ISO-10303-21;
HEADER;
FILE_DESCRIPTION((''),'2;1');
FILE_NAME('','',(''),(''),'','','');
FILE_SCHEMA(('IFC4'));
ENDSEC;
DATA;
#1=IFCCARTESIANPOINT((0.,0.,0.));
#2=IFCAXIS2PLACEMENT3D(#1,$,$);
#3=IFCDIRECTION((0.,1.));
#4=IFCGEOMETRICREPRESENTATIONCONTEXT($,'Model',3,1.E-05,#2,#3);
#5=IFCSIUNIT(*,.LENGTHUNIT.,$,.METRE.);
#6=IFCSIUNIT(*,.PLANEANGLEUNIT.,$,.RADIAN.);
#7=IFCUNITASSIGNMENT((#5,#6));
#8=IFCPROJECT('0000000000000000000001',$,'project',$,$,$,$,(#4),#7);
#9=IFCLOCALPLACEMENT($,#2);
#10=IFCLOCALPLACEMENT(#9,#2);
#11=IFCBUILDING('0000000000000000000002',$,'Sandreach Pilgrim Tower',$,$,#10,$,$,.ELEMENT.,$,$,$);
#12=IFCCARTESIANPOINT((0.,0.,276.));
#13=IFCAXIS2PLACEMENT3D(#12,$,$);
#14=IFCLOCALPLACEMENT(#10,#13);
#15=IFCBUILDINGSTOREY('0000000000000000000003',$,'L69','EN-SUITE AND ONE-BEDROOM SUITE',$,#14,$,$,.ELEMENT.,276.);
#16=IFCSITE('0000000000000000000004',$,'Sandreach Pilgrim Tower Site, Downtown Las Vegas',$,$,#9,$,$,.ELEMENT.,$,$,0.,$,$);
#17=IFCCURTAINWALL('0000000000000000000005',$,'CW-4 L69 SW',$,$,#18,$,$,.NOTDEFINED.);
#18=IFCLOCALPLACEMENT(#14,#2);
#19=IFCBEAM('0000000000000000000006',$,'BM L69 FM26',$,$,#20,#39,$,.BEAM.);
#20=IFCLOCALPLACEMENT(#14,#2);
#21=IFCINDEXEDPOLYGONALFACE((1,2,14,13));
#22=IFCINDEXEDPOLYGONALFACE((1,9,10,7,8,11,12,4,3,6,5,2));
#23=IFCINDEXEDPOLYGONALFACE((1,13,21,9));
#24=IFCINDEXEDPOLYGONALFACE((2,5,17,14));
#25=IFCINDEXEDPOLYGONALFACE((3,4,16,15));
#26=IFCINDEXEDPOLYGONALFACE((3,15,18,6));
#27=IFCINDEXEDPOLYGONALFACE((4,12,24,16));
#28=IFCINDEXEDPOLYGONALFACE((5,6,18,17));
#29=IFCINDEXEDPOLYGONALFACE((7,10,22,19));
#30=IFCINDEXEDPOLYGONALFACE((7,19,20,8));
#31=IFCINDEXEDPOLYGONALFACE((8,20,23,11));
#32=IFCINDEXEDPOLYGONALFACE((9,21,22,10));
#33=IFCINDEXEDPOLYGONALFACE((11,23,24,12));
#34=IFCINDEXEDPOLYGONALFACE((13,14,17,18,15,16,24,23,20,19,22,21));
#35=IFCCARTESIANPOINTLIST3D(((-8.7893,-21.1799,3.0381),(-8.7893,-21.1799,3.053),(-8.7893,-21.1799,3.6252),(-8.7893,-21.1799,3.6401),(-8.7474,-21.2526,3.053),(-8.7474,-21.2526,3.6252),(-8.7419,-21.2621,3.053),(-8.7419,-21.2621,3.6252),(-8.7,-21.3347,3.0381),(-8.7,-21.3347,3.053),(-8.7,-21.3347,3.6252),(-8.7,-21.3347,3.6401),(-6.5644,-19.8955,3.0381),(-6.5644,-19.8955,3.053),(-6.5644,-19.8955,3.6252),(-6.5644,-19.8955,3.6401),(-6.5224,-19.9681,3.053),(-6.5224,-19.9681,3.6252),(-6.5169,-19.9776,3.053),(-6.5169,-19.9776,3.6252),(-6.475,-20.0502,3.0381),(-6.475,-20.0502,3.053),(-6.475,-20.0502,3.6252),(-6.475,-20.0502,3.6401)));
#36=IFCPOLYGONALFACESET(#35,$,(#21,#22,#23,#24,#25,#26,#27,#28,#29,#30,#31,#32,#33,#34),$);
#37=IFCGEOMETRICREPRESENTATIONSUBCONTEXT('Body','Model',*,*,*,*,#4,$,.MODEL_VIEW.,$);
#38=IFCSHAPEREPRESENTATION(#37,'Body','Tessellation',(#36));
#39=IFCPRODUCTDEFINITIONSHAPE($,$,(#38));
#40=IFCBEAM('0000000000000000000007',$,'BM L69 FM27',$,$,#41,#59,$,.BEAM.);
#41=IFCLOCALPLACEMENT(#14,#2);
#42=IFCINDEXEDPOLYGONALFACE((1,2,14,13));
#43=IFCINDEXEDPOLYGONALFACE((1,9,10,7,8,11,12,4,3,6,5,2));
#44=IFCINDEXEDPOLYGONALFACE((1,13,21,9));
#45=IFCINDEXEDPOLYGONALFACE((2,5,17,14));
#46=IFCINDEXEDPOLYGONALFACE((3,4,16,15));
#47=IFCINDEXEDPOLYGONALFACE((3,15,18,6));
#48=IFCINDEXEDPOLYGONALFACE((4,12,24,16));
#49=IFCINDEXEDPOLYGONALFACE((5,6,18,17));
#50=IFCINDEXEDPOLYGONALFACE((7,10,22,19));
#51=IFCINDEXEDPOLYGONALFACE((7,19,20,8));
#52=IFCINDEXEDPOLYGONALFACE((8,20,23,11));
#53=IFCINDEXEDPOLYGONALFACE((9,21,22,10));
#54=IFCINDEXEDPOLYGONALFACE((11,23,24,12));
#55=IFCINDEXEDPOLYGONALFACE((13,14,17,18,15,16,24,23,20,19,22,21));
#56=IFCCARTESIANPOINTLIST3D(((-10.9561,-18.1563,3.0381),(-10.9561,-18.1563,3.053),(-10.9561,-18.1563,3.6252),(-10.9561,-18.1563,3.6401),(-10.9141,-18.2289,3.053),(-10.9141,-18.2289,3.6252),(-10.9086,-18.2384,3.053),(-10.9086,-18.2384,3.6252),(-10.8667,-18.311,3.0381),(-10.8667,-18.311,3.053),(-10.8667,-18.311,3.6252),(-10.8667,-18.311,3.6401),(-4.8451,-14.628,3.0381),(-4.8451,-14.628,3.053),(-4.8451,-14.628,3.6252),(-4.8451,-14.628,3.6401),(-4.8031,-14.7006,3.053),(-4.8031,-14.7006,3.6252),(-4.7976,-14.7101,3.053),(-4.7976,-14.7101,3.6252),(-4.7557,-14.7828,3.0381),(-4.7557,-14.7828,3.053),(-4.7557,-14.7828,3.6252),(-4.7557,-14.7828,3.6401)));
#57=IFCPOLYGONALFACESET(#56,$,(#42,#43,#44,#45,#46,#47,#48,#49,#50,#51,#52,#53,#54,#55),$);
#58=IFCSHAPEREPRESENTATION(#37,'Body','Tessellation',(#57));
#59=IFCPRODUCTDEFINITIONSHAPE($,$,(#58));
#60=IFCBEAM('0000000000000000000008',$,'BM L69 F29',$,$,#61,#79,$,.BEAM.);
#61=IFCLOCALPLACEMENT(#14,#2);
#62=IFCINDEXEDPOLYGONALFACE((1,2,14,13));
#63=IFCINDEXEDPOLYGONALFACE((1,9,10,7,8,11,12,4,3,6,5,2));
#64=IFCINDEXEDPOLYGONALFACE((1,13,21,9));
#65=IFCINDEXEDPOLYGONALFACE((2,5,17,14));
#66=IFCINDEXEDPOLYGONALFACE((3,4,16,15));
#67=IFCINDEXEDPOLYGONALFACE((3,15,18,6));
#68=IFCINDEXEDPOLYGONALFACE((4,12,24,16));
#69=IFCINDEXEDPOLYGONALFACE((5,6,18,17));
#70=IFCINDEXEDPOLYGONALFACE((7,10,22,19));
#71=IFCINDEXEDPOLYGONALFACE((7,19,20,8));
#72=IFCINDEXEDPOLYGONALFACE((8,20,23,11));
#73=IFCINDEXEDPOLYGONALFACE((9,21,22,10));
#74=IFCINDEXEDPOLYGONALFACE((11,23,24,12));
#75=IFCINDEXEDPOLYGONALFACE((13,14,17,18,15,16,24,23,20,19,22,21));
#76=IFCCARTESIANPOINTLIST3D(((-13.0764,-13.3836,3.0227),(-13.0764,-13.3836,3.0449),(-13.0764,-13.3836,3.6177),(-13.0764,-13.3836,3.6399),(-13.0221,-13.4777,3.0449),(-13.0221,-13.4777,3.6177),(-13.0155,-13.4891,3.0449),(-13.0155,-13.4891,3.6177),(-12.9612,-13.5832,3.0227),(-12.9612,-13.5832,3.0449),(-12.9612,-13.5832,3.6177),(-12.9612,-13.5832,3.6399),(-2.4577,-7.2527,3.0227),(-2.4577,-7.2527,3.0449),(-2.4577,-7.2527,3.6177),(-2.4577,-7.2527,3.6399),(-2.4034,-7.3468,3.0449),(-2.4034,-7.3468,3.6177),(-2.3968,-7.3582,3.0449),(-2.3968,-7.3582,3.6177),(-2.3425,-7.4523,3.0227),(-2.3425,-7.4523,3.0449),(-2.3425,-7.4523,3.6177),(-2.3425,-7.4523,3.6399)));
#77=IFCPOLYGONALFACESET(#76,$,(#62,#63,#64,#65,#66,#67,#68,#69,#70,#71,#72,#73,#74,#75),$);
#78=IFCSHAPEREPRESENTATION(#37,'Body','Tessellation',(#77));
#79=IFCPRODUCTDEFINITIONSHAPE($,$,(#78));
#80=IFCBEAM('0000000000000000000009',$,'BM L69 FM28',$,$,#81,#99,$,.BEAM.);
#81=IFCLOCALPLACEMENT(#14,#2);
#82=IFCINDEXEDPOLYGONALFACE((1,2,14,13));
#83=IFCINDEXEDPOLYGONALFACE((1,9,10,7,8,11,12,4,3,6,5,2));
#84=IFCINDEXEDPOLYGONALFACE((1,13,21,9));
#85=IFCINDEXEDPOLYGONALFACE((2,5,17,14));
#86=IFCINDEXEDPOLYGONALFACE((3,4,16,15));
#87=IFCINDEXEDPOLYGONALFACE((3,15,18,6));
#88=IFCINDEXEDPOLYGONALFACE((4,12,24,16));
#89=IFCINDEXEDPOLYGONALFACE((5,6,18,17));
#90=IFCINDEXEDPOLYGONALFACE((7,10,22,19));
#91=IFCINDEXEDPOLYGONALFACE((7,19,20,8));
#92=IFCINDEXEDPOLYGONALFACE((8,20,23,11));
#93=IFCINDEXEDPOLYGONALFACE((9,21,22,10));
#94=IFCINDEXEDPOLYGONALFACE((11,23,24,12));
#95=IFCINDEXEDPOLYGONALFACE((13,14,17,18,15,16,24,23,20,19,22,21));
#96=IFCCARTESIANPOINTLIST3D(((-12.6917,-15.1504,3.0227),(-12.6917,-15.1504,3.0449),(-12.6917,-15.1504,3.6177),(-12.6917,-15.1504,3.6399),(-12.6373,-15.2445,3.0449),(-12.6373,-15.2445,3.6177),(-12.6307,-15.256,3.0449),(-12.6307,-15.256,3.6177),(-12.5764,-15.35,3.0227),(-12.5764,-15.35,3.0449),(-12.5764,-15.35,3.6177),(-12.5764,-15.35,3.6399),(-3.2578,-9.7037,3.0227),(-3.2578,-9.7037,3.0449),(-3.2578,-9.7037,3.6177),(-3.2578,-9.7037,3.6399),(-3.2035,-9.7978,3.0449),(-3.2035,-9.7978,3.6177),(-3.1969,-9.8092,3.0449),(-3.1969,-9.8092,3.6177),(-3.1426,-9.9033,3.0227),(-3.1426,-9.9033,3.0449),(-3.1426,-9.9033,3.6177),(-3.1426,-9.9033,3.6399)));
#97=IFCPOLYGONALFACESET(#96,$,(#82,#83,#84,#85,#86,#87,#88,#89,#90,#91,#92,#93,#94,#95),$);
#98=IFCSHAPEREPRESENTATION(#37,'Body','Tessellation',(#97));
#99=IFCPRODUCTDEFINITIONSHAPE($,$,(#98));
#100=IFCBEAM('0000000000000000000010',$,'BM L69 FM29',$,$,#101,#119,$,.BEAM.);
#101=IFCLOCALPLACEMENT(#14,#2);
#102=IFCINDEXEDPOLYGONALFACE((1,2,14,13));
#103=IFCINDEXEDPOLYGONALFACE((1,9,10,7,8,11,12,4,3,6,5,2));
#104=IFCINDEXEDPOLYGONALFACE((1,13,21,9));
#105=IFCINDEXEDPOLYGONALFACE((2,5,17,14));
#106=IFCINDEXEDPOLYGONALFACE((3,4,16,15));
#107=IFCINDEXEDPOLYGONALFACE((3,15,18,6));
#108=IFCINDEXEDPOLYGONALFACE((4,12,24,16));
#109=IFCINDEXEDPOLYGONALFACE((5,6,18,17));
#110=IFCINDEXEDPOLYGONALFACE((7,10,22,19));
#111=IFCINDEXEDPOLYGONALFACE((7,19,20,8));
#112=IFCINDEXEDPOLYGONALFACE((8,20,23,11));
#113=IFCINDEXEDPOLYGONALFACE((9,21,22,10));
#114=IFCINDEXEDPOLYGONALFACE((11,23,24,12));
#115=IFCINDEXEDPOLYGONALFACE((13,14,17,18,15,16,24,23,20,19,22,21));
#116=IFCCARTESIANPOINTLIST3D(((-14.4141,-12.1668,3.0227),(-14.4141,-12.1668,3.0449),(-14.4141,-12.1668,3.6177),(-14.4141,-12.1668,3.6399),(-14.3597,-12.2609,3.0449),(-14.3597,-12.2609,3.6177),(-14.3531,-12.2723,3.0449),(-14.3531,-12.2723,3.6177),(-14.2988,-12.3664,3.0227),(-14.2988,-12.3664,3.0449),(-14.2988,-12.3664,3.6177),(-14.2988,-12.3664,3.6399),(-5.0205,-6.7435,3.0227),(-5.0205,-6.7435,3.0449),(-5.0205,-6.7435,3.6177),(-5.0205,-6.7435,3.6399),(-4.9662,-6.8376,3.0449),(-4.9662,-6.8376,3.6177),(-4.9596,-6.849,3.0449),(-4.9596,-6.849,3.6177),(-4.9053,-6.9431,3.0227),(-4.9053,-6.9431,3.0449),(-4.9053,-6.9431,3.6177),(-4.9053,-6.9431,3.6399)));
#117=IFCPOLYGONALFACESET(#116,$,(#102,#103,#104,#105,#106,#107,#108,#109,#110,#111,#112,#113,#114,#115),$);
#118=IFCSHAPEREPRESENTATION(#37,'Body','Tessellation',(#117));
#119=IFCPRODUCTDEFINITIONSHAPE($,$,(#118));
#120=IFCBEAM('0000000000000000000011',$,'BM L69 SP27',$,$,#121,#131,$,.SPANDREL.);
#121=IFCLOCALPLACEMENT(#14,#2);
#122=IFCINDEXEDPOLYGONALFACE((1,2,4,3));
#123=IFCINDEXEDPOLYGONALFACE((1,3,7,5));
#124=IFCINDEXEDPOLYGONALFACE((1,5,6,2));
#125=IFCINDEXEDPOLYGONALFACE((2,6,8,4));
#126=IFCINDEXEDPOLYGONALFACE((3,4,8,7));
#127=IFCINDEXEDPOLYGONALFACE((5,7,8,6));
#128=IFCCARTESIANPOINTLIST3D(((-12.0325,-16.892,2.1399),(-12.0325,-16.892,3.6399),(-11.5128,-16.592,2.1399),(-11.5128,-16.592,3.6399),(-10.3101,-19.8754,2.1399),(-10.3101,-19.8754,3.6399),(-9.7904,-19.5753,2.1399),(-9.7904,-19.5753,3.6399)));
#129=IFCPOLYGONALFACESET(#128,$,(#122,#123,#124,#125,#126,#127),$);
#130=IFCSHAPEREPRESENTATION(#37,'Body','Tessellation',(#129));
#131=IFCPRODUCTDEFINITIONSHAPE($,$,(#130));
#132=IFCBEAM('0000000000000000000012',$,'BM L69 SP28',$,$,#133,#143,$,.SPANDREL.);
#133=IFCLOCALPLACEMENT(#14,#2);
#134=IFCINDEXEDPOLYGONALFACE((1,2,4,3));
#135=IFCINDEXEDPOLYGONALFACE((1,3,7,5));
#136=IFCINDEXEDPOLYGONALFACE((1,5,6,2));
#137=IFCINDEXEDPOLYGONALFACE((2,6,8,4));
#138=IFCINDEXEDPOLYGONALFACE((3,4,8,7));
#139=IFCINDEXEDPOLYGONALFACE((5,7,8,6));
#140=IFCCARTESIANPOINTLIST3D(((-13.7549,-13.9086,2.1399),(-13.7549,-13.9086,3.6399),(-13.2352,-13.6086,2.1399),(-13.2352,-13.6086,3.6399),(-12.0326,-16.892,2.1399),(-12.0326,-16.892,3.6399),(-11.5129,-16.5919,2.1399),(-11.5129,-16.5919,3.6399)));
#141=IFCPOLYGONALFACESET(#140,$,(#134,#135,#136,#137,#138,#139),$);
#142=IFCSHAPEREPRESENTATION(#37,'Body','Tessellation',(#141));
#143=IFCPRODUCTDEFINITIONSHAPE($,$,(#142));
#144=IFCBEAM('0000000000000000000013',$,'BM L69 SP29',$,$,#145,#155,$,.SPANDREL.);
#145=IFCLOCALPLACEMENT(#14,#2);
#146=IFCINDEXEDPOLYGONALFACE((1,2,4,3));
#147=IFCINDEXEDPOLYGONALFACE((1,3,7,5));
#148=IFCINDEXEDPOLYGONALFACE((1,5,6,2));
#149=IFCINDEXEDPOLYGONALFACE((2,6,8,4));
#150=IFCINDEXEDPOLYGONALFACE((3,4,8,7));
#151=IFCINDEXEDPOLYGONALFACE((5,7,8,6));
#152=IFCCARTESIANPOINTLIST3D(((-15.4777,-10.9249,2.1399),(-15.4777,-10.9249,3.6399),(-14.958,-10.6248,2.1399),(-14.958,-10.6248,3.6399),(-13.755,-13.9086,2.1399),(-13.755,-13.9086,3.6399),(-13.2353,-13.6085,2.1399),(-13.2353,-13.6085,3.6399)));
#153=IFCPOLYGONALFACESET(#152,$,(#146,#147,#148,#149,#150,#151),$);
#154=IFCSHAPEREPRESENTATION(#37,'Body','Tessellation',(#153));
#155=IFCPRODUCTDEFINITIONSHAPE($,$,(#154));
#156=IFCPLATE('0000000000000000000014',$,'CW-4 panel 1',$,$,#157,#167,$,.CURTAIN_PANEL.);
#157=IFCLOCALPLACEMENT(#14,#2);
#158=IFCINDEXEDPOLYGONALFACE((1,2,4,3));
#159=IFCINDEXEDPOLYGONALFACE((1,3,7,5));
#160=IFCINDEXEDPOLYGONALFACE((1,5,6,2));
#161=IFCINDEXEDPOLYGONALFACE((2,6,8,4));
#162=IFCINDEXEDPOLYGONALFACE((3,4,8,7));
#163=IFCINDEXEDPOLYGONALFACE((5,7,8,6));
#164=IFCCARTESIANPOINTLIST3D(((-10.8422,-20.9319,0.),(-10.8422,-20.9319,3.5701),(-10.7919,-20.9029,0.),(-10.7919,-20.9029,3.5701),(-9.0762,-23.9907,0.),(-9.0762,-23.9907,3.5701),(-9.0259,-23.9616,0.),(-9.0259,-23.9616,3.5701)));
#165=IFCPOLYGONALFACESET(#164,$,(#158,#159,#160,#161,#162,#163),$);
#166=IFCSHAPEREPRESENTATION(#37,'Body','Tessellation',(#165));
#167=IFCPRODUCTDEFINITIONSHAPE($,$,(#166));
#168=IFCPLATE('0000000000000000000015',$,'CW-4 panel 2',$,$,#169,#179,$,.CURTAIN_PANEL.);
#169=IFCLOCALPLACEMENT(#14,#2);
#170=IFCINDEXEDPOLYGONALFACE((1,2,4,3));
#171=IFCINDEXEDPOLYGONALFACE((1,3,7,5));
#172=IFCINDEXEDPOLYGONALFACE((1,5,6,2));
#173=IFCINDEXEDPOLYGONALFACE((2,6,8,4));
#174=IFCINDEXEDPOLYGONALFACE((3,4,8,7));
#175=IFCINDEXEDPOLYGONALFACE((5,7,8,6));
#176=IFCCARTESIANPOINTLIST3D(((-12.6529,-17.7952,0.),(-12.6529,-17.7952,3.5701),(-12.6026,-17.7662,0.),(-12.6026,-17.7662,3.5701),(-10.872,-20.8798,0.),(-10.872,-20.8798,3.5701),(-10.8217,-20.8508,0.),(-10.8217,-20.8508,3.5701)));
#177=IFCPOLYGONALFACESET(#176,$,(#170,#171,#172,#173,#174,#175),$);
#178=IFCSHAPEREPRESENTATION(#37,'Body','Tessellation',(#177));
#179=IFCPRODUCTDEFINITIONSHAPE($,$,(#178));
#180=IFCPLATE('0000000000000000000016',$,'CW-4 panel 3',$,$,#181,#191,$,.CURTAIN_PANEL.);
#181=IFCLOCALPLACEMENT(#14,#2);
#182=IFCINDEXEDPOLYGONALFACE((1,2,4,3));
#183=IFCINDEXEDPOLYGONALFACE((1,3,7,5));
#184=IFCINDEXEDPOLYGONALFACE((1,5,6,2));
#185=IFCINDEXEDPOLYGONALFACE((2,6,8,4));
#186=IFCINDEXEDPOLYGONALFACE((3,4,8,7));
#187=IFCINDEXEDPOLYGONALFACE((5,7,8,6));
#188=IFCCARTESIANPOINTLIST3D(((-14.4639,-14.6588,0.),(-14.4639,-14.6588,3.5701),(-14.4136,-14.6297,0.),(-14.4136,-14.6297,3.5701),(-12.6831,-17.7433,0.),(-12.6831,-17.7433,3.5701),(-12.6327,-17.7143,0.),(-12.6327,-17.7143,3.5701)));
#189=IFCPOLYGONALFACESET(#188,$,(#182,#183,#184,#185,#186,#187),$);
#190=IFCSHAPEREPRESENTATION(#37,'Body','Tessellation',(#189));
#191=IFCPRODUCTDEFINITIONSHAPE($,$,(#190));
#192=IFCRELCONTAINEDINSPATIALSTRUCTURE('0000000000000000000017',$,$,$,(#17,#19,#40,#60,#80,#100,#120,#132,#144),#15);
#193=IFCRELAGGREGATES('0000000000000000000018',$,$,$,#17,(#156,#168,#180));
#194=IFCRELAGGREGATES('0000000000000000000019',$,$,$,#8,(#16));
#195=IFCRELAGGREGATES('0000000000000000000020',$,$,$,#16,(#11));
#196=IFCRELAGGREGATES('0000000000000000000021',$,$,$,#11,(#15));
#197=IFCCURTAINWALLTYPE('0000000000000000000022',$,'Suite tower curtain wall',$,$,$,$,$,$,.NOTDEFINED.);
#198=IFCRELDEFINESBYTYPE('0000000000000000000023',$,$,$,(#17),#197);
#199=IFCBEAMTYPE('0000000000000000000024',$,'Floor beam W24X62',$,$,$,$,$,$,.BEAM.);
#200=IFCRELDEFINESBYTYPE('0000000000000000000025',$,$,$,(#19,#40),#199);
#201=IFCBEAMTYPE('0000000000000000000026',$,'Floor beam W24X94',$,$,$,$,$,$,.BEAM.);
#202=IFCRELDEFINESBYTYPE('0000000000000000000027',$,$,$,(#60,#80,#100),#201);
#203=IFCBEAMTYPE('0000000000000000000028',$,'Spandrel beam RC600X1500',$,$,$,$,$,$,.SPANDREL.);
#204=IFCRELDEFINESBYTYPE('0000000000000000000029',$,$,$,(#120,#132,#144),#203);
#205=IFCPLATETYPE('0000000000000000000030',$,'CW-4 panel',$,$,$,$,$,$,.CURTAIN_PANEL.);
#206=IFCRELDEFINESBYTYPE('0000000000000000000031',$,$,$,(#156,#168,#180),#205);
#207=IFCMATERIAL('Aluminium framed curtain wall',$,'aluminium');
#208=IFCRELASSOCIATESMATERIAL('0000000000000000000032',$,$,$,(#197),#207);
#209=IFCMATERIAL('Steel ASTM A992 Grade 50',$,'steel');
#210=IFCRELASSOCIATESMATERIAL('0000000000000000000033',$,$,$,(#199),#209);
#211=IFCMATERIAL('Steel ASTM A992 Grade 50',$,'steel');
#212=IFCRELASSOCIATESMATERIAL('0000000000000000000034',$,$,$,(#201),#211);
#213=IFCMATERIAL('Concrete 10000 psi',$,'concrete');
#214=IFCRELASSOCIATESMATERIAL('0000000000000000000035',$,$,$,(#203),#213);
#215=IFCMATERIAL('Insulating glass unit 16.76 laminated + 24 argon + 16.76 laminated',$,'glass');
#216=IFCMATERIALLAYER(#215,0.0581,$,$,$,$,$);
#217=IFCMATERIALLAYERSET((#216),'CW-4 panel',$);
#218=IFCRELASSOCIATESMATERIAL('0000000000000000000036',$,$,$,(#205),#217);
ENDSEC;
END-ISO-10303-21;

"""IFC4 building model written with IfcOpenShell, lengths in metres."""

from ifc_helpers import new_model, si_unit, direction, frame, origin, origin_2d, place, context, subcontext, project, spatial, rectangle, i_section, extrude, material, layer, layer_set, material_profile, profile_set, type_object, element, aggregate, save


model = new_model("IFC4")

# Units and contexts
model_context = context("Model", 3, precision=1e-05, world=origin(), true_north=direction((0.0, 1.0)))
body_context = subcontext(model_context, "Body", "Model", "MODEL_VIEW")
ifc_project = project(units=[si_unit("LENGTHUNIT", "METRE"), si_unit("PLANEANGLEUNIT", "RADIAN")], contexts=[model_context])

# Site, building, storey
site_placement = place(None, origin())
site = spatial("IfcSite", under=ifc_project, at=site_placement, Name="Sandreach Pilgrim Tower Site, Downtown Las Vegas", CompositionType="ELEMENT", RefElevation=0.0)
building_placement = place(site_placement, origin())
building = spatial("IfcBuilding", under=site, at=building_placement, Name="Sandreach Pilgrim Tower", CompositionType="ELEMENT")
storey_placement = place(building_placement, frame((0.0, 0.0, 276.0)))
storey = spatial("IfcBuildingStorey", under=building, at=storey_placement, Name="L69", Description="EN-SUITE AND ONE-BEDROOM SUITE", CompositionType="ELEMENT", Elevation=276.0)

# Curtain wall
ifc_material_1 = material(Name="Aluminium framed curtain wall", Category="aluminium")
curtain_wall_type = type_object("IfcCurtainWallType", Name="Suite tower curtain wall", PredefinedType="NOTDEFINED", material=ifc_material_1)
curtain_wall_placement = place(storey_placement, origin())
curtain_wall = element("IfcCurtainWall", 1, at=curtain_wall_placement, inside=storey, type_object=curtain_wall_type, Name="CW-4 L69 SW", PredefinedType="NOTDEFINED")

# Beams
ifc_material_2 = material(Name="Steel ASTM A992 Grade 50", Category="steel")
ifc_material_profile_1 = material_profile(ifc_material_2, i_section(OverallWidth=0.1787, OverallDepth=0.6021, WebThickness=0.011, FlangeThickness=0.0149, at=origin_2d()), Name="W24X62")
ifc_profile_set_1 = profile_set([ifc_material_profile_1], Name="Steel ASTM A992 Grade 50")
beam_type_1 = type_object("IfcBeamType", Name="Floor beam W24X62", PredefinedType="BEAM", material=ifc_profile_set_1)
beam_1_placement = place(storey_placement, frame((-8.7446, -21.2573, 3.3391), z_axis=(0.866042, 0.499972, 0.0), x_axis=(-0.499972, 0.866042, 0.0)))
element("IfcBeam", 2, at=beam_1_placement, inside=storey, type_object=beam_type_1, Name="BM L69 FM26", PredefinedType="BEAM", context=body_context, shape_type="SweptSolid", body=[
    extrude(i_section(OverallWidth=0.1787, OverallDepth=0.6021, WebThickness=0.011, FlangeThickness=0.0149, at=origin_2d()), origin(), (0.0, 0.0, 1.0), 2.5691),
])
beam_2_placement = place(storey_placement, frame((-10.9114, -18.2336, 3.3391), z_axis=(0.86602, 0.500009, 0.0), x_axis=(-0.500009, 0.86602, 0.0)))
element("IfcBeam", 3, at=beam_2_placement, inside=storey, type_object=beam_type_1, Name="BM L69 FM27", PredefinedType="BEAM", context=body_context, shape_type="SweptSolid", body=[
    extrude(i_section(OverallWidth=0.1787, OverallDepth=0.6021, WebThickness=0.011, FlangeThickness=0.0149, at=origin_2d()), origin(), (0.0, 0.0, 1.0), 7.0564),
])
ifc_material_3 = material(Name="Steel ASTM A992 Grade 50", Category="steel")
ifc_material_profile_2 = material_profile(ifc_material_3, i_section(OverallWidth=0.2305, OverallDepth=0.6172, WebThickness=0.0132, FlangeThickness=0.0222, at=origin_2d()), Name="W24X94")
ifc_profile_set_2 = profile_set([ifc_material_profile_2], Name="Steel ASTM A992 Grade 50")
beam_type_2 = type_object("IfcBeamType", Name="Floor beam W24X94", PredefinedType="BEAM", material=ifc_profile_set_2)
beam_3_placement = place(storey_placement, frame((-13.0188, -13.4834, 3.3313), z_axis=(0.866019, 0.500011, 0.0), x_axis=(-0.500011, 0.866019, 0.0)))
element("IfcBeam", 4, at=beam_3_placement, inside=storey, type_object=beam_type_2, Name="BM L69 F29", PredefinedType="BEAM", context=body_context, shape_type="SweptSolid", body=[
    extrude(i_section(OverallWidth=0.2305, OverallDepth=0.6172, WebThickness=0.0132, FlangeThickness=0.0222, at=origin_2d()), origin(), (0.0, 0.0, 1.0), 12.2615),
])
beam_4_placement = place(storey_placement, frame((-12.634, -15.2502, 3.3313), z_axis=(0.86602, 0.50001, 0.0), x_axis=(-0.50001, 0.86602, 0.0)))
element("IfcBeam", 5, at=beam_4_placement, inside=storey, type_object=beam_type_2, Name="BM L69 FM28", PredefinedType="BEAM", context=body_context, shape_type="SweptSolid", body=[
    extrude(i_section(OverallWidth=0.2305, OverallDepth=0.6172, WebThickness=0.0132, FlangeThickness=0.0222, at=origin_2d()), origin(), (0.0, 0.0, 1.0), 10.8933),
])
beam_5_placement = place(storey_placement, frame((-14.3564, -12.2666, 3.3313), z_axis=(0.866027, 0.499998, 0.0), x_axis=(-0.499998, 0.866027, 0.0)))
element("IfcBeam", 6, at=beam_5_placement, inside=storey, type_object=beam_type_2, Name="BM L69 FM29", PredefinedType="BEAM", context=body_context, shape_type="SweptSolid", body=[
    extrude(i_section(OverallWidth=0.2305, OverallDepth=0.6172, WebThickness=0.0132, FlangeThickness=0.0222, at=origin_2d()), origin(), (0.0, 0.0, 1.0), 10.8467),
])
ifc_material_4 = material(Name="Concrete 10000 psi", Category="concrete")
ifc_material_profile_3 = material_profile(ifc_material_4, rectangle(XDim=0.6001, YDim=1.5, at=origin_2d()), Name="RC600X1500")
ifc_profile_set_3 = profile_set([ifc_material_profile_3], Name="Concrete 10000 psi")
beam_type_3 = type_object("IfcBeamType", Name="Spandrel beam RC600X1500", PredefinedType="SPANDREL", material=ifc_profile_set_3)
for number, where, z_axis, x_axis, name in (
    (7, (-10.0503, -19.7253, 2.8899), (-0.499988, 0.866032, 0.0), (-0.866032, -0.499988, 0.0), "BM L69 SP27"),
    (8, (-11.7727, -16.7419, 2.8899), (-0.499988, 0.866032, 0.0), (-0.866032, -0.499988, 0.0), "BM L69 SP28"),
):
    element("IfcBeam", number, at=place(storey_placement, frame(where, z_axis=z_axis, x_axis=x_axis)), inside=storey, type_object=beam_type_3, Name=name, PredefinedType="SPANDREL", context=body_context, shape_type="SweptSolid", body=[
        extrude(rectangle(XDim=0.6001, YDim=1.5, at=origin_2d()), origin(), (0.0, 0.0, 1.0), 3.4448),
    ])
beam_6_placement = place(storey_placement, frame((-13.4951, -13.7585, 2.8899), z_axis=(-0.500011, 0.866019, 0.0), x_axis=(-0.866019, -0.500011, 0.0)))
element("IfcBeam", 9, at=beam_6_placement, inside=storey, type_object=beam_type_3, Name="BM L69 SP29", PredefinedType="SPANDREL", context=body_context, shape_type="SweptSolid", body=[
    extrude(rectangle(XDim=0.6001, YDim=1.5, at=origin_2d()), origin(), (0.0, 0.0, 1.0), 3.4453),
])

# Plates
ifc_material_5 = material(Name="Insulating glass unit 16.76 laminated + 24 argon + 16.76 laminated", Category="glass")
ifc_layer_1 = layer(ifc_material_5, 0.0581)
ifc_layer_set_1 = layer_set([ifc_layer_1], Name="CW-4 panel")
plate_type = type_object("IfcPlateType", Name="CW-4 panel", PredefinedType="CURTAIN_PANEL", material=ifc_layer_set_1)
plate_1_placement = place(storey_placement, frame((-9.9341, -22.4468, 0.0), z_axis=(0.0, 0.0, 1.0), x_axis=(-0.5, 0.866025, 0.0)))
plate_1 = element("IfcPlate", 10, at=plate_1_placement, type_object=plate_type, Name="CW-4 panel 1", PredefinedType="CURTAIN_PANEL", context=body_context, shape_type="SweptSolid", body=[
    extrude(rectangle(XDim=3.532, YDim=0.0581, at=origin_2d()), origin(), (0.0, 0.0, 1.0), 3.5701),
])
plate_2_placement = place(storey_placement, frame((-11.7373, -19.323, 0.0), z_axis=(0.0, 0.0, 1.0), x_axis=(-0.5, 0.866025, 0.0)))
plate_2 = element("IfcPlate", 11, at=plate_2_placement, type_object=plate_type, Name="CW-4 panel 2", PredefinedType="CURTAIN_PANEL", context=body_context, shape_type="SweptSolid", body=[
    extrude(rectangle(XDim=3.5618, YDim=0.0581, at=origin_2d()), origin(), (0.0, 0.0, 1.0), 3.5701),
])
plate_3_placement = place(storey_placement, frame((-13.5483, -16.1865, 0.0), z_axis=(0.0, 0.0, 1.0), x_axis=(-0.5, 0.866025, 0.0)))
plate_3 = element("IfcPlate", 12, at=plate_3_placement, type_object=plate_type, Name="CW-4 panel 3", PredefinedType="CURTAIN_PANEL", context=body_context, shape_type="SweptSolid", body=[
    extrude(rectangle(XDim=3.5618, YDim=0.0581, at=origin_2d()), origin(), (0.0, 0.0, 1.0), 3.5701),
])
aggregate(curtain_wall, [plate_1, plate_2, plate_3])

save(model, "model.ifc")
